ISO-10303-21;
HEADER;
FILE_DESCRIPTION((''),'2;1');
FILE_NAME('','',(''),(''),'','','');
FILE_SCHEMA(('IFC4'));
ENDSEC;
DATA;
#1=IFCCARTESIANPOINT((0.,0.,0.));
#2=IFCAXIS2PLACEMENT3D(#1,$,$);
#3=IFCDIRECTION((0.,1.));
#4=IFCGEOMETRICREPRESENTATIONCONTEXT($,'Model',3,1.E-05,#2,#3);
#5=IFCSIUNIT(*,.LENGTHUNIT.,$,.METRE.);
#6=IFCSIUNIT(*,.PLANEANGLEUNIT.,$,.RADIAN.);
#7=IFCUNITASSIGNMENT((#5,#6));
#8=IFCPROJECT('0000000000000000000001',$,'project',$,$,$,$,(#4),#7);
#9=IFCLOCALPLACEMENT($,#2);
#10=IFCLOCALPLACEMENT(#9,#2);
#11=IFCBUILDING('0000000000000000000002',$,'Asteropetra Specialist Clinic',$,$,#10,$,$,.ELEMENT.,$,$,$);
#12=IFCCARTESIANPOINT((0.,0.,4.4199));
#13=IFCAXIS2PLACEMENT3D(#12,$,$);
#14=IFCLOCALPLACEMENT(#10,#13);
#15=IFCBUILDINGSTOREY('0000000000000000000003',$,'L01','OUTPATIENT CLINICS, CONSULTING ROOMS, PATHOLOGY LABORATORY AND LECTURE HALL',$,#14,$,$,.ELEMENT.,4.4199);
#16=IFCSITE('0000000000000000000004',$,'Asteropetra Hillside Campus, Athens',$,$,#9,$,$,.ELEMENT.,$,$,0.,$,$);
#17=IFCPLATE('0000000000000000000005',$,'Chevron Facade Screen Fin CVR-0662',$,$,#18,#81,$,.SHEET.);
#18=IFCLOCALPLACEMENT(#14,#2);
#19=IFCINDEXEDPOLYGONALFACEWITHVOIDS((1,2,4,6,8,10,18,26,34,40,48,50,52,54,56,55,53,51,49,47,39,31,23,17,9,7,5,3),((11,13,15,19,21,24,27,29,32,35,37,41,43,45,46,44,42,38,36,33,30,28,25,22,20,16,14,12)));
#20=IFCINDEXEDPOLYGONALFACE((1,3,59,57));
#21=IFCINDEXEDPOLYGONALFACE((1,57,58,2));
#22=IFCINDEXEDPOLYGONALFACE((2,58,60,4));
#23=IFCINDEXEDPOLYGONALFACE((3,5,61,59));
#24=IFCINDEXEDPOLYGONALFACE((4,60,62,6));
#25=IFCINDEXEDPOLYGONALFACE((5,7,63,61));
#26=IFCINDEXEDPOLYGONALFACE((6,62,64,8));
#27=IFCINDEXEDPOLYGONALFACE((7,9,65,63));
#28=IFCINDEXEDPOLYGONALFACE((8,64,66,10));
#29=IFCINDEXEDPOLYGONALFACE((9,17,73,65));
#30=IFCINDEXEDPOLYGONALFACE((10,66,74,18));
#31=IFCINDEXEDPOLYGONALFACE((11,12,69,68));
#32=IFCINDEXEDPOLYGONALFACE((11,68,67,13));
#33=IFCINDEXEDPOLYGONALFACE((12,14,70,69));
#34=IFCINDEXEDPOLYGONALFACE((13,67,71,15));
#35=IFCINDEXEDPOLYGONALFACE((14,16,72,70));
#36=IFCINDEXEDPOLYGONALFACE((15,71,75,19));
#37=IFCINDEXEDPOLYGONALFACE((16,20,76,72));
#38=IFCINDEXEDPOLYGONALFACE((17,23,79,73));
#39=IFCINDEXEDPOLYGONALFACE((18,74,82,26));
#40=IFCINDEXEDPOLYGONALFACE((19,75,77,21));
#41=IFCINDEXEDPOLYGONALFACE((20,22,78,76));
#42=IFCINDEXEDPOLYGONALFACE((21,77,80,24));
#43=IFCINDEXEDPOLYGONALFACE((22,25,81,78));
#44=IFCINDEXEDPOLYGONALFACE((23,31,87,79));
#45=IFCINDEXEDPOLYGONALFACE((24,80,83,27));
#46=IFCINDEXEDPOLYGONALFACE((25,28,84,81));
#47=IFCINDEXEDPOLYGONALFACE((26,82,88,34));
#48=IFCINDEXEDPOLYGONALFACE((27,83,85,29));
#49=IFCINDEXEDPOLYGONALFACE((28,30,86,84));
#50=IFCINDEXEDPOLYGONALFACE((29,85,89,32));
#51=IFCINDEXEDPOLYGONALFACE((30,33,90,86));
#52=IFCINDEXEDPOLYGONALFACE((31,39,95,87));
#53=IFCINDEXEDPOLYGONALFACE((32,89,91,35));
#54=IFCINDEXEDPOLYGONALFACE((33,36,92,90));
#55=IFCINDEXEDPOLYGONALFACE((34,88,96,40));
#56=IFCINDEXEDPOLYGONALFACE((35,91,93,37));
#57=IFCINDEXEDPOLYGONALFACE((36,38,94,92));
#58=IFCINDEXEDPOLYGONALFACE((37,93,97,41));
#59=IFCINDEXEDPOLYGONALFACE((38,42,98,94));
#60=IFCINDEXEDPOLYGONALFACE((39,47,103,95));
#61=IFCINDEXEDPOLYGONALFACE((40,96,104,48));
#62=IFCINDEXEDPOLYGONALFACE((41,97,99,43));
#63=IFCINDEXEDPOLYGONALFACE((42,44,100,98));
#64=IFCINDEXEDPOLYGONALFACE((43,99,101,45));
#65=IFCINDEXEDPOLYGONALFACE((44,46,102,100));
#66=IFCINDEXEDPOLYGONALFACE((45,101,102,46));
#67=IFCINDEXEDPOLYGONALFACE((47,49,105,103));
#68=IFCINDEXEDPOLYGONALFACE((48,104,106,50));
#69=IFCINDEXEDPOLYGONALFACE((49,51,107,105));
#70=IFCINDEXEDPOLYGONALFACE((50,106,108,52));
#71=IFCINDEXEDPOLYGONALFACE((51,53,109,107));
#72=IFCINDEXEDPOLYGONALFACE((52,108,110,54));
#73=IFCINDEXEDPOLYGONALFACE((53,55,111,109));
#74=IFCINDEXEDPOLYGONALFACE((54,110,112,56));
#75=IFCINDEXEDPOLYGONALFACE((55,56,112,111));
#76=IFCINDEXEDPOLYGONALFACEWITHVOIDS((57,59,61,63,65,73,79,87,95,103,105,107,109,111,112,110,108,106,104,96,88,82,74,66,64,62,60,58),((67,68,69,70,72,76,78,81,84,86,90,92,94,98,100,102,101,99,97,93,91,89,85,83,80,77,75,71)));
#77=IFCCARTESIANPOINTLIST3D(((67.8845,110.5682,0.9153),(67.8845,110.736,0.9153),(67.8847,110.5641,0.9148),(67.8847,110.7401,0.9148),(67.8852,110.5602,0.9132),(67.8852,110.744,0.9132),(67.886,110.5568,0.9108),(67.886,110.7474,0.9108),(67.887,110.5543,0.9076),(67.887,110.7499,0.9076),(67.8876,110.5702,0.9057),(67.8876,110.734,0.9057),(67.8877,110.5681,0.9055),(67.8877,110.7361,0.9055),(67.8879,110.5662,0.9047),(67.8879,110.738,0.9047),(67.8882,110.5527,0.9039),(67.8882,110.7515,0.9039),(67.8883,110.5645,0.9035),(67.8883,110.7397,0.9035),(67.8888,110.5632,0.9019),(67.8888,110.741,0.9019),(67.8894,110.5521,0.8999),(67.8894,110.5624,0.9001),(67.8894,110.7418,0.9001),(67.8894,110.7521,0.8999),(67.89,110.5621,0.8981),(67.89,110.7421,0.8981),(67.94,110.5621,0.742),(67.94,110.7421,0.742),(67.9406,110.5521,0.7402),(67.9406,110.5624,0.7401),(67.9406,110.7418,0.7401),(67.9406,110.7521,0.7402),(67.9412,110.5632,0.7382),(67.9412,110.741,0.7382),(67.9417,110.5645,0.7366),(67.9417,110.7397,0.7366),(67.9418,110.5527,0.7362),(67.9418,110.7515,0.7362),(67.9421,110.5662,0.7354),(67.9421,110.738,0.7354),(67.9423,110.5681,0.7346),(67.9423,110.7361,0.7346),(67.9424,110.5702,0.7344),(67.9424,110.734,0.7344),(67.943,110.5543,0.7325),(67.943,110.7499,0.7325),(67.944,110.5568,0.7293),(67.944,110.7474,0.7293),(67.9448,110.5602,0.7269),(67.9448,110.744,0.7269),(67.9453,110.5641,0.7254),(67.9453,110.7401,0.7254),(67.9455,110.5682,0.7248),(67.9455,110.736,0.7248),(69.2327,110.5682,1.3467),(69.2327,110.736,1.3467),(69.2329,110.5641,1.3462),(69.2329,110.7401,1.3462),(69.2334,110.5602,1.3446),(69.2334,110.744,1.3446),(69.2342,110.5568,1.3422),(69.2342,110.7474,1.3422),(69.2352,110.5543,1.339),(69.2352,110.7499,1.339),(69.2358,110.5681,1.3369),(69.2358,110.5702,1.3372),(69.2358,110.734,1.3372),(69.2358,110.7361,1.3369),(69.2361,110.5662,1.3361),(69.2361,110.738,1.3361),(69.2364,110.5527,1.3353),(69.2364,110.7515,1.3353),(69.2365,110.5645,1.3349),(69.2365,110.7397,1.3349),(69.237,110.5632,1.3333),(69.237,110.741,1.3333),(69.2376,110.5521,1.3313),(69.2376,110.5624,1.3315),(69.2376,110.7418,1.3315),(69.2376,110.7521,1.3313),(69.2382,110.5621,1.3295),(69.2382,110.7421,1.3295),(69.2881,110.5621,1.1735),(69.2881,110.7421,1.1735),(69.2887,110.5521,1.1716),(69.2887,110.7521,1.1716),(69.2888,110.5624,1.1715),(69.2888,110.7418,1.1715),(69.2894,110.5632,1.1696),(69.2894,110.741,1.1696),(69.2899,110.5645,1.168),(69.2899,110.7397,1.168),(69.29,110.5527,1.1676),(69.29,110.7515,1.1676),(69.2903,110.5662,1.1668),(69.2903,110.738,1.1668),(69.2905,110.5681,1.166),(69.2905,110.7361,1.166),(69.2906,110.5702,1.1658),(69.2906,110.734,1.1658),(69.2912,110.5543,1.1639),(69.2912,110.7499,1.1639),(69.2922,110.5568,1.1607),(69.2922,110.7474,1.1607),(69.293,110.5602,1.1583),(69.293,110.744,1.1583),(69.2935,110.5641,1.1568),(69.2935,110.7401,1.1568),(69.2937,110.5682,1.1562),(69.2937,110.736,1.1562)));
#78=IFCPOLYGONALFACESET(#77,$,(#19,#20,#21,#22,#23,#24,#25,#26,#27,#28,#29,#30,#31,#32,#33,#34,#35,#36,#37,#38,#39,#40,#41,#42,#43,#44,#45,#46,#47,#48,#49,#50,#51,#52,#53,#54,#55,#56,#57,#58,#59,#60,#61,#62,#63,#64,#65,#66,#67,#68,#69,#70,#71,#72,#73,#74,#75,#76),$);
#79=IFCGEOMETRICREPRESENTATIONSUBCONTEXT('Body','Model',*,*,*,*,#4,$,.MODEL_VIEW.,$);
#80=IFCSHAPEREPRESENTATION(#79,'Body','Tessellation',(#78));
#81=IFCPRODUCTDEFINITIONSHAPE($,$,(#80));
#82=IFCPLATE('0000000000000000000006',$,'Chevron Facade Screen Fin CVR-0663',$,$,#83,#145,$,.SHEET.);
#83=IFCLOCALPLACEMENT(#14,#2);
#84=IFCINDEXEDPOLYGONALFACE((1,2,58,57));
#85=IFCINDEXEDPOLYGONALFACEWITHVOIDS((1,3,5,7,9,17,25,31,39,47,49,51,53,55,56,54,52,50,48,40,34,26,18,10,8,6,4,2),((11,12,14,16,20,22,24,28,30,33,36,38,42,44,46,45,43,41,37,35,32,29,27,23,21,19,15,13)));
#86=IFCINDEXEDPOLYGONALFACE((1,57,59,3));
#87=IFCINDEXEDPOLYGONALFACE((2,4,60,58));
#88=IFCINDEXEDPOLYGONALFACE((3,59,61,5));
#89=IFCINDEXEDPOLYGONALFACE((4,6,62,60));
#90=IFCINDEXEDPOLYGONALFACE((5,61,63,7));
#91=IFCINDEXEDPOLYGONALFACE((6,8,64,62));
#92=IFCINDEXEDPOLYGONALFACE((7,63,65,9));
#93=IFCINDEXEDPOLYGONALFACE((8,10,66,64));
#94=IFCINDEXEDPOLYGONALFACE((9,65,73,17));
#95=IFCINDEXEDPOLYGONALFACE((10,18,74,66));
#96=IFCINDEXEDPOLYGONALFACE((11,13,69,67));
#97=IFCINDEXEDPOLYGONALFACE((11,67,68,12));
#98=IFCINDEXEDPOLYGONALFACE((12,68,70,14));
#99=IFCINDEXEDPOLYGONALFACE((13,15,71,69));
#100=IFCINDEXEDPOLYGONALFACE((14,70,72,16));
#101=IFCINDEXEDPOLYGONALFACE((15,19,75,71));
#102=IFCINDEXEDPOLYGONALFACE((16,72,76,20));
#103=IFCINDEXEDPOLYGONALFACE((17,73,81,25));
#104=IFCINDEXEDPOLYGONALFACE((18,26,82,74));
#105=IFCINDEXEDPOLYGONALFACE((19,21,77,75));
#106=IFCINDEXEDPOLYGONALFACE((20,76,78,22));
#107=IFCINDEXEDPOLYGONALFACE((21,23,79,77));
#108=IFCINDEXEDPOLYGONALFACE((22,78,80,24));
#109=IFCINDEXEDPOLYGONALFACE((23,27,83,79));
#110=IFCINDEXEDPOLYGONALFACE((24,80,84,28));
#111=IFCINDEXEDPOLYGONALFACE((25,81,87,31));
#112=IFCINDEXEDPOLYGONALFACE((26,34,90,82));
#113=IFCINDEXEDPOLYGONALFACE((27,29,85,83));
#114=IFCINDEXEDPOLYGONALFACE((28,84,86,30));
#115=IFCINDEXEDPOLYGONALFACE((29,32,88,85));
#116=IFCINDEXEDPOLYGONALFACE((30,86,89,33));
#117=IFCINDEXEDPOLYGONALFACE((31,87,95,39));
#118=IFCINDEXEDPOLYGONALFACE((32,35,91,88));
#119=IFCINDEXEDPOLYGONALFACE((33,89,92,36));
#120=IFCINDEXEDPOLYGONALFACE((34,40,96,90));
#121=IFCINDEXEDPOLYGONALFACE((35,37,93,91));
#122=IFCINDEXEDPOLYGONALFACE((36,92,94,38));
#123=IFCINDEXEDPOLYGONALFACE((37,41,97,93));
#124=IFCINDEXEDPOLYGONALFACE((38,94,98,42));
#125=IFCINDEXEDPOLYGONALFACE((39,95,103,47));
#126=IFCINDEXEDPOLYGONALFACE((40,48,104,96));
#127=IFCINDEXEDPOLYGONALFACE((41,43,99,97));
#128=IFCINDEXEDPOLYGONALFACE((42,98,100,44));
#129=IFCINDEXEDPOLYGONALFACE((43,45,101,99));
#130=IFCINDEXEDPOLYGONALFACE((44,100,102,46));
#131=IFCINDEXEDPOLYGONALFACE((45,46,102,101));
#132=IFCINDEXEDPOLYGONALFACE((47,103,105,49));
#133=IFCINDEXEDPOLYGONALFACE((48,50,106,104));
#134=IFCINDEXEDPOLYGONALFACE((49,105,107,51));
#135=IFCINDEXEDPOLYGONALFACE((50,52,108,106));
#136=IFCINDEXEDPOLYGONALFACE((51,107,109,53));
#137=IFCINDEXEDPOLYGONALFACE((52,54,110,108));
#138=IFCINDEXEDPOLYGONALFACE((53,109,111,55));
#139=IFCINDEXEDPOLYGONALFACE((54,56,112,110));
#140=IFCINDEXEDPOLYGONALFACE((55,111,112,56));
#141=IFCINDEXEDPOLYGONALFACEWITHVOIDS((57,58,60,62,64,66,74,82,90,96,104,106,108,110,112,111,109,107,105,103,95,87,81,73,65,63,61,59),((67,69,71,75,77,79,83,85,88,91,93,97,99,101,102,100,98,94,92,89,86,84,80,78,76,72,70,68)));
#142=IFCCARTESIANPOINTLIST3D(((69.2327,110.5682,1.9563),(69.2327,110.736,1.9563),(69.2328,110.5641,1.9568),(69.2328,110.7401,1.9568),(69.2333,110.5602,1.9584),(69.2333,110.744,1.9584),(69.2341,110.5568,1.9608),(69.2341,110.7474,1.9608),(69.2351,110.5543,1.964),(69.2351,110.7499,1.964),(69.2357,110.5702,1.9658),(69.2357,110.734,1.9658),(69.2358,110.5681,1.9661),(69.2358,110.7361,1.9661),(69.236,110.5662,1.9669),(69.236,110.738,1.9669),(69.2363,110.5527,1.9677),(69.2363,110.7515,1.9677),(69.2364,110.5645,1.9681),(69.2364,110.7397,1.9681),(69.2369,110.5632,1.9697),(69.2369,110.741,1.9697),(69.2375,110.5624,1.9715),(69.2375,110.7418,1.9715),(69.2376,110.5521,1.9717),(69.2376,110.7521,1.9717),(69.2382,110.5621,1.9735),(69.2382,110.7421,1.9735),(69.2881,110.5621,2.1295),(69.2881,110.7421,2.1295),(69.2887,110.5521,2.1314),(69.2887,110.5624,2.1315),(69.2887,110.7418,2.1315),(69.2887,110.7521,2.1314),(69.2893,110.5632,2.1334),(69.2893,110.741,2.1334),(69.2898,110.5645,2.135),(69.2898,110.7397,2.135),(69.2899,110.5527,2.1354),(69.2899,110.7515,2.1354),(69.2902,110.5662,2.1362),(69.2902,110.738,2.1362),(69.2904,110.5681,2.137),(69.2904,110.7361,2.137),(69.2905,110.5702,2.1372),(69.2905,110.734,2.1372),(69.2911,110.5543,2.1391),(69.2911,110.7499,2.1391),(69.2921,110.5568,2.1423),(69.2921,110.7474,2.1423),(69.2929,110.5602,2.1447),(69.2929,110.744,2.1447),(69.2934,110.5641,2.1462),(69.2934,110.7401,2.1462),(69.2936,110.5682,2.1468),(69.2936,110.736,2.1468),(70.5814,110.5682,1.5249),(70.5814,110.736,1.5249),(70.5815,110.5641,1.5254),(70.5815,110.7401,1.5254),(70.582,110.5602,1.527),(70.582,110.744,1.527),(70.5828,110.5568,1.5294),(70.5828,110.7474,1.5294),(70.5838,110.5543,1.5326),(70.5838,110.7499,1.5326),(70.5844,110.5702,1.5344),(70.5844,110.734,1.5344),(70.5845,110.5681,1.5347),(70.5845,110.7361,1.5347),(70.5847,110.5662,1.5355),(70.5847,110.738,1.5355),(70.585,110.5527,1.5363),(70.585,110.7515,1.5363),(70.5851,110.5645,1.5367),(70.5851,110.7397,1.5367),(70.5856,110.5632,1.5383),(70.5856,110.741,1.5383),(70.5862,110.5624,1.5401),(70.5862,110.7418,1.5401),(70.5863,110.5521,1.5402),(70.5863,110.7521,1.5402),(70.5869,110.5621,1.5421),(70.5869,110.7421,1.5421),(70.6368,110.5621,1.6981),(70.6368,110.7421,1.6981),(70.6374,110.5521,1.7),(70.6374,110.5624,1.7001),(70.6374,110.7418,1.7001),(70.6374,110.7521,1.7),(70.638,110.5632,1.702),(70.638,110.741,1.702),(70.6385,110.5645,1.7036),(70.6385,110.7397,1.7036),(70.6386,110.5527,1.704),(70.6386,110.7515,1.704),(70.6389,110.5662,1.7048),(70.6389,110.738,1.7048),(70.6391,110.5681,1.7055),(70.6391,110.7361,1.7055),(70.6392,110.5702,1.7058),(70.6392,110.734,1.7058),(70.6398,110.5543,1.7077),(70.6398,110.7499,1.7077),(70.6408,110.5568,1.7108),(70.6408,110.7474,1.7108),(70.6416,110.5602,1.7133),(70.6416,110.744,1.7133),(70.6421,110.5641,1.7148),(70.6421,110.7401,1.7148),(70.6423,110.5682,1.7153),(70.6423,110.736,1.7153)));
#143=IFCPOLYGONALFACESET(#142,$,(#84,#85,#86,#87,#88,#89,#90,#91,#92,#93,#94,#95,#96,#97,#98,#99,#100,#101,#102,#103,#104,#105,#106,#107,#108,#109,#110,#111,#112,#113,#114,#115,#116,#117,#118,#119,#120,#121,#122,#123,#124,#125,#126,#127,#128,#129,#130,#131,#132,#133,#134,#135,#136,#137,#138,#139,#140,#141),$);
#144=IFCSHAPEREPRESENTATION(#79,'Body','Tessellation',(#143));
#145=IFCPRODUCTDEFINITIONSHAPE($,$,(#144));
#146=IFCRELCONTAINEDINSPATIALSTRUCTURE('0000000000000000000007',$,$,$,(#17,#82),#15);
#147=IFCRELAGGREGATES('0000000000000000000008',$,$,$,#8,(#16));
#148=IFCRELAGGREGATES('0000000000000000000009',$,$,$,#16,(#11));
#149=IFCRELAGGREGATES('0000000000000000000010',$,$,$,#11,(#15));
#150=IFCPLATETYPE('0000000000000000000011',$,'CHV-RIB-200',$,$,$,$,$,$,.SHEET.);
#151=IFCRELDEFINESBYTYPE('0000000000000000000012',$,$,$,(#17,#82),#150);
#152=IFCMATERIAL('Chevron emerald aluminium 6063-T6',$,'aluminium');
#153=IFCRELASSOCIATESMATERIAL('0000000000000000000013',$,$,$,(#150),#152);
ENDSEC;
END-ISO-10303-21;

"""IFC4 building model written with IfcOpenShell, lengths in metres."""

from ifc_helpers import new_model, si_unit, direction, frame, origin, origin_2d, place, context, subcontext, project, spatial, hollow_rectangle, extrude, material, material_profile, profile_set, type_object, element, save


model = new_model("IFC4")

# Units and contexts
model_context = context("Model", 3, precision=1e-05, world=origin(), true_north=direction((0.0, 1.0)))
body_context = subcontext(model_context, "Body", "Model", "MODEL_VIEW")
ifc_project = project(units=[si_unit("LENGTHUNIT", "METRE"), si_unit("PLANEANGLEUNIT", "RADIAN")], contexts=[model_context])

# Site, building, storey
site_placement = place(None, origin())
site = spatial("IfcSite", under=ifc_project, at=site_placement, Name="Asteropetra Hillside Campus, Athens", CompositionType="ELEMENT", RefElevation=0.0)
building_placement = place(site_placement, origin())
building = spatial("IfcBuilding", under=site, at=building_placement, Name="Asteropetra Specialist Clinic", CompositionType="ELEMENT")
storey_placement = place(building_placement, frame((0.0, 0.0, 4.4199)))
storey = spatial("IfcBuildingStorey", under=building, at=storey_placement, Name="L01", Description="OUTPATIENT CLINICS, CONSULTING ROOMS, PATHOLOGY LABORATORY AND LECTURE HALL", CompositionType="ELEMENT", Elevation=4.4199)

# Plates
ifc_material_1 = material(Name="Chevron emerald aluminium 6063-T6", Category="aluminium")
ifc_material_profile_1 = material_profile(ifc_material_1, hollow_rectangle(XDim=0.2, YDim=0.2, WallThickness=0.01, InnerFilletRadius=0.0081, OuterFilletRadius=0.0161, at=origin_2d()), Name="SHS 200x200x10.0")
ifc_profile_set_1 = profile_set([ifc_material_profile_1], Name="Chevron emerald aluminium 6063-T6")
plate_type_1 = type_object("IfcPlateType", Name="CHV-RIB-200", PredefinedType="SHEET", material=ifc_profile_set_1)
plate_1_placement = place(storey_placement, frame((69.2632, 110.6521, 1.2515), z_axis=(-0.952426, 0.0, -0.304769), x_axis=(0.0, -1.0, 0.0)))
element("IfcPlate", 1, at=plate_1_placement, inside=storey, type_object=plate_type_1, Name="Chevron Facade Screen Fin CVR-0662", PredefinedType="SHEET", context=body_context, shape_type="SweptSolid", body=[
    extrude(hollow_rectangle(XDim=0.2, YDim=0.2, WallThickness=0.01, InnerFilletRadius=0.0081, OuterFilletRadius=0.0161, at=origin_2d()), origin(), (0.0, 0.0, 1.0), 1.4155),
])
plate_2_placement = place(storey_placement, frame((70.6118, 110.6521, 1.6201), z_axis=(-0.952458, 0.0, 0.304669), x_axis=(0.0, -1.0, 0.0)))
element("IfcPlate", 2, at=plate_2_placement, inside=storey, type_object=plate_type_1, Name="Chevron Facade Screen Fin CVR-0663", PredefinedType="SHEET", context=body_context, shape_type="SweptSolid", body=[
    extrude(hollow_rectangle(XDim=0.2, YDim=0.2, WallThickness=0.01, InnerFilletRadius=0.0081, OuterFilletRadius=0.0161, at=origin_2d()), origin(), (0.0, 0.0, 1.0), 1.416),
])

save(model, "model.ifc")
